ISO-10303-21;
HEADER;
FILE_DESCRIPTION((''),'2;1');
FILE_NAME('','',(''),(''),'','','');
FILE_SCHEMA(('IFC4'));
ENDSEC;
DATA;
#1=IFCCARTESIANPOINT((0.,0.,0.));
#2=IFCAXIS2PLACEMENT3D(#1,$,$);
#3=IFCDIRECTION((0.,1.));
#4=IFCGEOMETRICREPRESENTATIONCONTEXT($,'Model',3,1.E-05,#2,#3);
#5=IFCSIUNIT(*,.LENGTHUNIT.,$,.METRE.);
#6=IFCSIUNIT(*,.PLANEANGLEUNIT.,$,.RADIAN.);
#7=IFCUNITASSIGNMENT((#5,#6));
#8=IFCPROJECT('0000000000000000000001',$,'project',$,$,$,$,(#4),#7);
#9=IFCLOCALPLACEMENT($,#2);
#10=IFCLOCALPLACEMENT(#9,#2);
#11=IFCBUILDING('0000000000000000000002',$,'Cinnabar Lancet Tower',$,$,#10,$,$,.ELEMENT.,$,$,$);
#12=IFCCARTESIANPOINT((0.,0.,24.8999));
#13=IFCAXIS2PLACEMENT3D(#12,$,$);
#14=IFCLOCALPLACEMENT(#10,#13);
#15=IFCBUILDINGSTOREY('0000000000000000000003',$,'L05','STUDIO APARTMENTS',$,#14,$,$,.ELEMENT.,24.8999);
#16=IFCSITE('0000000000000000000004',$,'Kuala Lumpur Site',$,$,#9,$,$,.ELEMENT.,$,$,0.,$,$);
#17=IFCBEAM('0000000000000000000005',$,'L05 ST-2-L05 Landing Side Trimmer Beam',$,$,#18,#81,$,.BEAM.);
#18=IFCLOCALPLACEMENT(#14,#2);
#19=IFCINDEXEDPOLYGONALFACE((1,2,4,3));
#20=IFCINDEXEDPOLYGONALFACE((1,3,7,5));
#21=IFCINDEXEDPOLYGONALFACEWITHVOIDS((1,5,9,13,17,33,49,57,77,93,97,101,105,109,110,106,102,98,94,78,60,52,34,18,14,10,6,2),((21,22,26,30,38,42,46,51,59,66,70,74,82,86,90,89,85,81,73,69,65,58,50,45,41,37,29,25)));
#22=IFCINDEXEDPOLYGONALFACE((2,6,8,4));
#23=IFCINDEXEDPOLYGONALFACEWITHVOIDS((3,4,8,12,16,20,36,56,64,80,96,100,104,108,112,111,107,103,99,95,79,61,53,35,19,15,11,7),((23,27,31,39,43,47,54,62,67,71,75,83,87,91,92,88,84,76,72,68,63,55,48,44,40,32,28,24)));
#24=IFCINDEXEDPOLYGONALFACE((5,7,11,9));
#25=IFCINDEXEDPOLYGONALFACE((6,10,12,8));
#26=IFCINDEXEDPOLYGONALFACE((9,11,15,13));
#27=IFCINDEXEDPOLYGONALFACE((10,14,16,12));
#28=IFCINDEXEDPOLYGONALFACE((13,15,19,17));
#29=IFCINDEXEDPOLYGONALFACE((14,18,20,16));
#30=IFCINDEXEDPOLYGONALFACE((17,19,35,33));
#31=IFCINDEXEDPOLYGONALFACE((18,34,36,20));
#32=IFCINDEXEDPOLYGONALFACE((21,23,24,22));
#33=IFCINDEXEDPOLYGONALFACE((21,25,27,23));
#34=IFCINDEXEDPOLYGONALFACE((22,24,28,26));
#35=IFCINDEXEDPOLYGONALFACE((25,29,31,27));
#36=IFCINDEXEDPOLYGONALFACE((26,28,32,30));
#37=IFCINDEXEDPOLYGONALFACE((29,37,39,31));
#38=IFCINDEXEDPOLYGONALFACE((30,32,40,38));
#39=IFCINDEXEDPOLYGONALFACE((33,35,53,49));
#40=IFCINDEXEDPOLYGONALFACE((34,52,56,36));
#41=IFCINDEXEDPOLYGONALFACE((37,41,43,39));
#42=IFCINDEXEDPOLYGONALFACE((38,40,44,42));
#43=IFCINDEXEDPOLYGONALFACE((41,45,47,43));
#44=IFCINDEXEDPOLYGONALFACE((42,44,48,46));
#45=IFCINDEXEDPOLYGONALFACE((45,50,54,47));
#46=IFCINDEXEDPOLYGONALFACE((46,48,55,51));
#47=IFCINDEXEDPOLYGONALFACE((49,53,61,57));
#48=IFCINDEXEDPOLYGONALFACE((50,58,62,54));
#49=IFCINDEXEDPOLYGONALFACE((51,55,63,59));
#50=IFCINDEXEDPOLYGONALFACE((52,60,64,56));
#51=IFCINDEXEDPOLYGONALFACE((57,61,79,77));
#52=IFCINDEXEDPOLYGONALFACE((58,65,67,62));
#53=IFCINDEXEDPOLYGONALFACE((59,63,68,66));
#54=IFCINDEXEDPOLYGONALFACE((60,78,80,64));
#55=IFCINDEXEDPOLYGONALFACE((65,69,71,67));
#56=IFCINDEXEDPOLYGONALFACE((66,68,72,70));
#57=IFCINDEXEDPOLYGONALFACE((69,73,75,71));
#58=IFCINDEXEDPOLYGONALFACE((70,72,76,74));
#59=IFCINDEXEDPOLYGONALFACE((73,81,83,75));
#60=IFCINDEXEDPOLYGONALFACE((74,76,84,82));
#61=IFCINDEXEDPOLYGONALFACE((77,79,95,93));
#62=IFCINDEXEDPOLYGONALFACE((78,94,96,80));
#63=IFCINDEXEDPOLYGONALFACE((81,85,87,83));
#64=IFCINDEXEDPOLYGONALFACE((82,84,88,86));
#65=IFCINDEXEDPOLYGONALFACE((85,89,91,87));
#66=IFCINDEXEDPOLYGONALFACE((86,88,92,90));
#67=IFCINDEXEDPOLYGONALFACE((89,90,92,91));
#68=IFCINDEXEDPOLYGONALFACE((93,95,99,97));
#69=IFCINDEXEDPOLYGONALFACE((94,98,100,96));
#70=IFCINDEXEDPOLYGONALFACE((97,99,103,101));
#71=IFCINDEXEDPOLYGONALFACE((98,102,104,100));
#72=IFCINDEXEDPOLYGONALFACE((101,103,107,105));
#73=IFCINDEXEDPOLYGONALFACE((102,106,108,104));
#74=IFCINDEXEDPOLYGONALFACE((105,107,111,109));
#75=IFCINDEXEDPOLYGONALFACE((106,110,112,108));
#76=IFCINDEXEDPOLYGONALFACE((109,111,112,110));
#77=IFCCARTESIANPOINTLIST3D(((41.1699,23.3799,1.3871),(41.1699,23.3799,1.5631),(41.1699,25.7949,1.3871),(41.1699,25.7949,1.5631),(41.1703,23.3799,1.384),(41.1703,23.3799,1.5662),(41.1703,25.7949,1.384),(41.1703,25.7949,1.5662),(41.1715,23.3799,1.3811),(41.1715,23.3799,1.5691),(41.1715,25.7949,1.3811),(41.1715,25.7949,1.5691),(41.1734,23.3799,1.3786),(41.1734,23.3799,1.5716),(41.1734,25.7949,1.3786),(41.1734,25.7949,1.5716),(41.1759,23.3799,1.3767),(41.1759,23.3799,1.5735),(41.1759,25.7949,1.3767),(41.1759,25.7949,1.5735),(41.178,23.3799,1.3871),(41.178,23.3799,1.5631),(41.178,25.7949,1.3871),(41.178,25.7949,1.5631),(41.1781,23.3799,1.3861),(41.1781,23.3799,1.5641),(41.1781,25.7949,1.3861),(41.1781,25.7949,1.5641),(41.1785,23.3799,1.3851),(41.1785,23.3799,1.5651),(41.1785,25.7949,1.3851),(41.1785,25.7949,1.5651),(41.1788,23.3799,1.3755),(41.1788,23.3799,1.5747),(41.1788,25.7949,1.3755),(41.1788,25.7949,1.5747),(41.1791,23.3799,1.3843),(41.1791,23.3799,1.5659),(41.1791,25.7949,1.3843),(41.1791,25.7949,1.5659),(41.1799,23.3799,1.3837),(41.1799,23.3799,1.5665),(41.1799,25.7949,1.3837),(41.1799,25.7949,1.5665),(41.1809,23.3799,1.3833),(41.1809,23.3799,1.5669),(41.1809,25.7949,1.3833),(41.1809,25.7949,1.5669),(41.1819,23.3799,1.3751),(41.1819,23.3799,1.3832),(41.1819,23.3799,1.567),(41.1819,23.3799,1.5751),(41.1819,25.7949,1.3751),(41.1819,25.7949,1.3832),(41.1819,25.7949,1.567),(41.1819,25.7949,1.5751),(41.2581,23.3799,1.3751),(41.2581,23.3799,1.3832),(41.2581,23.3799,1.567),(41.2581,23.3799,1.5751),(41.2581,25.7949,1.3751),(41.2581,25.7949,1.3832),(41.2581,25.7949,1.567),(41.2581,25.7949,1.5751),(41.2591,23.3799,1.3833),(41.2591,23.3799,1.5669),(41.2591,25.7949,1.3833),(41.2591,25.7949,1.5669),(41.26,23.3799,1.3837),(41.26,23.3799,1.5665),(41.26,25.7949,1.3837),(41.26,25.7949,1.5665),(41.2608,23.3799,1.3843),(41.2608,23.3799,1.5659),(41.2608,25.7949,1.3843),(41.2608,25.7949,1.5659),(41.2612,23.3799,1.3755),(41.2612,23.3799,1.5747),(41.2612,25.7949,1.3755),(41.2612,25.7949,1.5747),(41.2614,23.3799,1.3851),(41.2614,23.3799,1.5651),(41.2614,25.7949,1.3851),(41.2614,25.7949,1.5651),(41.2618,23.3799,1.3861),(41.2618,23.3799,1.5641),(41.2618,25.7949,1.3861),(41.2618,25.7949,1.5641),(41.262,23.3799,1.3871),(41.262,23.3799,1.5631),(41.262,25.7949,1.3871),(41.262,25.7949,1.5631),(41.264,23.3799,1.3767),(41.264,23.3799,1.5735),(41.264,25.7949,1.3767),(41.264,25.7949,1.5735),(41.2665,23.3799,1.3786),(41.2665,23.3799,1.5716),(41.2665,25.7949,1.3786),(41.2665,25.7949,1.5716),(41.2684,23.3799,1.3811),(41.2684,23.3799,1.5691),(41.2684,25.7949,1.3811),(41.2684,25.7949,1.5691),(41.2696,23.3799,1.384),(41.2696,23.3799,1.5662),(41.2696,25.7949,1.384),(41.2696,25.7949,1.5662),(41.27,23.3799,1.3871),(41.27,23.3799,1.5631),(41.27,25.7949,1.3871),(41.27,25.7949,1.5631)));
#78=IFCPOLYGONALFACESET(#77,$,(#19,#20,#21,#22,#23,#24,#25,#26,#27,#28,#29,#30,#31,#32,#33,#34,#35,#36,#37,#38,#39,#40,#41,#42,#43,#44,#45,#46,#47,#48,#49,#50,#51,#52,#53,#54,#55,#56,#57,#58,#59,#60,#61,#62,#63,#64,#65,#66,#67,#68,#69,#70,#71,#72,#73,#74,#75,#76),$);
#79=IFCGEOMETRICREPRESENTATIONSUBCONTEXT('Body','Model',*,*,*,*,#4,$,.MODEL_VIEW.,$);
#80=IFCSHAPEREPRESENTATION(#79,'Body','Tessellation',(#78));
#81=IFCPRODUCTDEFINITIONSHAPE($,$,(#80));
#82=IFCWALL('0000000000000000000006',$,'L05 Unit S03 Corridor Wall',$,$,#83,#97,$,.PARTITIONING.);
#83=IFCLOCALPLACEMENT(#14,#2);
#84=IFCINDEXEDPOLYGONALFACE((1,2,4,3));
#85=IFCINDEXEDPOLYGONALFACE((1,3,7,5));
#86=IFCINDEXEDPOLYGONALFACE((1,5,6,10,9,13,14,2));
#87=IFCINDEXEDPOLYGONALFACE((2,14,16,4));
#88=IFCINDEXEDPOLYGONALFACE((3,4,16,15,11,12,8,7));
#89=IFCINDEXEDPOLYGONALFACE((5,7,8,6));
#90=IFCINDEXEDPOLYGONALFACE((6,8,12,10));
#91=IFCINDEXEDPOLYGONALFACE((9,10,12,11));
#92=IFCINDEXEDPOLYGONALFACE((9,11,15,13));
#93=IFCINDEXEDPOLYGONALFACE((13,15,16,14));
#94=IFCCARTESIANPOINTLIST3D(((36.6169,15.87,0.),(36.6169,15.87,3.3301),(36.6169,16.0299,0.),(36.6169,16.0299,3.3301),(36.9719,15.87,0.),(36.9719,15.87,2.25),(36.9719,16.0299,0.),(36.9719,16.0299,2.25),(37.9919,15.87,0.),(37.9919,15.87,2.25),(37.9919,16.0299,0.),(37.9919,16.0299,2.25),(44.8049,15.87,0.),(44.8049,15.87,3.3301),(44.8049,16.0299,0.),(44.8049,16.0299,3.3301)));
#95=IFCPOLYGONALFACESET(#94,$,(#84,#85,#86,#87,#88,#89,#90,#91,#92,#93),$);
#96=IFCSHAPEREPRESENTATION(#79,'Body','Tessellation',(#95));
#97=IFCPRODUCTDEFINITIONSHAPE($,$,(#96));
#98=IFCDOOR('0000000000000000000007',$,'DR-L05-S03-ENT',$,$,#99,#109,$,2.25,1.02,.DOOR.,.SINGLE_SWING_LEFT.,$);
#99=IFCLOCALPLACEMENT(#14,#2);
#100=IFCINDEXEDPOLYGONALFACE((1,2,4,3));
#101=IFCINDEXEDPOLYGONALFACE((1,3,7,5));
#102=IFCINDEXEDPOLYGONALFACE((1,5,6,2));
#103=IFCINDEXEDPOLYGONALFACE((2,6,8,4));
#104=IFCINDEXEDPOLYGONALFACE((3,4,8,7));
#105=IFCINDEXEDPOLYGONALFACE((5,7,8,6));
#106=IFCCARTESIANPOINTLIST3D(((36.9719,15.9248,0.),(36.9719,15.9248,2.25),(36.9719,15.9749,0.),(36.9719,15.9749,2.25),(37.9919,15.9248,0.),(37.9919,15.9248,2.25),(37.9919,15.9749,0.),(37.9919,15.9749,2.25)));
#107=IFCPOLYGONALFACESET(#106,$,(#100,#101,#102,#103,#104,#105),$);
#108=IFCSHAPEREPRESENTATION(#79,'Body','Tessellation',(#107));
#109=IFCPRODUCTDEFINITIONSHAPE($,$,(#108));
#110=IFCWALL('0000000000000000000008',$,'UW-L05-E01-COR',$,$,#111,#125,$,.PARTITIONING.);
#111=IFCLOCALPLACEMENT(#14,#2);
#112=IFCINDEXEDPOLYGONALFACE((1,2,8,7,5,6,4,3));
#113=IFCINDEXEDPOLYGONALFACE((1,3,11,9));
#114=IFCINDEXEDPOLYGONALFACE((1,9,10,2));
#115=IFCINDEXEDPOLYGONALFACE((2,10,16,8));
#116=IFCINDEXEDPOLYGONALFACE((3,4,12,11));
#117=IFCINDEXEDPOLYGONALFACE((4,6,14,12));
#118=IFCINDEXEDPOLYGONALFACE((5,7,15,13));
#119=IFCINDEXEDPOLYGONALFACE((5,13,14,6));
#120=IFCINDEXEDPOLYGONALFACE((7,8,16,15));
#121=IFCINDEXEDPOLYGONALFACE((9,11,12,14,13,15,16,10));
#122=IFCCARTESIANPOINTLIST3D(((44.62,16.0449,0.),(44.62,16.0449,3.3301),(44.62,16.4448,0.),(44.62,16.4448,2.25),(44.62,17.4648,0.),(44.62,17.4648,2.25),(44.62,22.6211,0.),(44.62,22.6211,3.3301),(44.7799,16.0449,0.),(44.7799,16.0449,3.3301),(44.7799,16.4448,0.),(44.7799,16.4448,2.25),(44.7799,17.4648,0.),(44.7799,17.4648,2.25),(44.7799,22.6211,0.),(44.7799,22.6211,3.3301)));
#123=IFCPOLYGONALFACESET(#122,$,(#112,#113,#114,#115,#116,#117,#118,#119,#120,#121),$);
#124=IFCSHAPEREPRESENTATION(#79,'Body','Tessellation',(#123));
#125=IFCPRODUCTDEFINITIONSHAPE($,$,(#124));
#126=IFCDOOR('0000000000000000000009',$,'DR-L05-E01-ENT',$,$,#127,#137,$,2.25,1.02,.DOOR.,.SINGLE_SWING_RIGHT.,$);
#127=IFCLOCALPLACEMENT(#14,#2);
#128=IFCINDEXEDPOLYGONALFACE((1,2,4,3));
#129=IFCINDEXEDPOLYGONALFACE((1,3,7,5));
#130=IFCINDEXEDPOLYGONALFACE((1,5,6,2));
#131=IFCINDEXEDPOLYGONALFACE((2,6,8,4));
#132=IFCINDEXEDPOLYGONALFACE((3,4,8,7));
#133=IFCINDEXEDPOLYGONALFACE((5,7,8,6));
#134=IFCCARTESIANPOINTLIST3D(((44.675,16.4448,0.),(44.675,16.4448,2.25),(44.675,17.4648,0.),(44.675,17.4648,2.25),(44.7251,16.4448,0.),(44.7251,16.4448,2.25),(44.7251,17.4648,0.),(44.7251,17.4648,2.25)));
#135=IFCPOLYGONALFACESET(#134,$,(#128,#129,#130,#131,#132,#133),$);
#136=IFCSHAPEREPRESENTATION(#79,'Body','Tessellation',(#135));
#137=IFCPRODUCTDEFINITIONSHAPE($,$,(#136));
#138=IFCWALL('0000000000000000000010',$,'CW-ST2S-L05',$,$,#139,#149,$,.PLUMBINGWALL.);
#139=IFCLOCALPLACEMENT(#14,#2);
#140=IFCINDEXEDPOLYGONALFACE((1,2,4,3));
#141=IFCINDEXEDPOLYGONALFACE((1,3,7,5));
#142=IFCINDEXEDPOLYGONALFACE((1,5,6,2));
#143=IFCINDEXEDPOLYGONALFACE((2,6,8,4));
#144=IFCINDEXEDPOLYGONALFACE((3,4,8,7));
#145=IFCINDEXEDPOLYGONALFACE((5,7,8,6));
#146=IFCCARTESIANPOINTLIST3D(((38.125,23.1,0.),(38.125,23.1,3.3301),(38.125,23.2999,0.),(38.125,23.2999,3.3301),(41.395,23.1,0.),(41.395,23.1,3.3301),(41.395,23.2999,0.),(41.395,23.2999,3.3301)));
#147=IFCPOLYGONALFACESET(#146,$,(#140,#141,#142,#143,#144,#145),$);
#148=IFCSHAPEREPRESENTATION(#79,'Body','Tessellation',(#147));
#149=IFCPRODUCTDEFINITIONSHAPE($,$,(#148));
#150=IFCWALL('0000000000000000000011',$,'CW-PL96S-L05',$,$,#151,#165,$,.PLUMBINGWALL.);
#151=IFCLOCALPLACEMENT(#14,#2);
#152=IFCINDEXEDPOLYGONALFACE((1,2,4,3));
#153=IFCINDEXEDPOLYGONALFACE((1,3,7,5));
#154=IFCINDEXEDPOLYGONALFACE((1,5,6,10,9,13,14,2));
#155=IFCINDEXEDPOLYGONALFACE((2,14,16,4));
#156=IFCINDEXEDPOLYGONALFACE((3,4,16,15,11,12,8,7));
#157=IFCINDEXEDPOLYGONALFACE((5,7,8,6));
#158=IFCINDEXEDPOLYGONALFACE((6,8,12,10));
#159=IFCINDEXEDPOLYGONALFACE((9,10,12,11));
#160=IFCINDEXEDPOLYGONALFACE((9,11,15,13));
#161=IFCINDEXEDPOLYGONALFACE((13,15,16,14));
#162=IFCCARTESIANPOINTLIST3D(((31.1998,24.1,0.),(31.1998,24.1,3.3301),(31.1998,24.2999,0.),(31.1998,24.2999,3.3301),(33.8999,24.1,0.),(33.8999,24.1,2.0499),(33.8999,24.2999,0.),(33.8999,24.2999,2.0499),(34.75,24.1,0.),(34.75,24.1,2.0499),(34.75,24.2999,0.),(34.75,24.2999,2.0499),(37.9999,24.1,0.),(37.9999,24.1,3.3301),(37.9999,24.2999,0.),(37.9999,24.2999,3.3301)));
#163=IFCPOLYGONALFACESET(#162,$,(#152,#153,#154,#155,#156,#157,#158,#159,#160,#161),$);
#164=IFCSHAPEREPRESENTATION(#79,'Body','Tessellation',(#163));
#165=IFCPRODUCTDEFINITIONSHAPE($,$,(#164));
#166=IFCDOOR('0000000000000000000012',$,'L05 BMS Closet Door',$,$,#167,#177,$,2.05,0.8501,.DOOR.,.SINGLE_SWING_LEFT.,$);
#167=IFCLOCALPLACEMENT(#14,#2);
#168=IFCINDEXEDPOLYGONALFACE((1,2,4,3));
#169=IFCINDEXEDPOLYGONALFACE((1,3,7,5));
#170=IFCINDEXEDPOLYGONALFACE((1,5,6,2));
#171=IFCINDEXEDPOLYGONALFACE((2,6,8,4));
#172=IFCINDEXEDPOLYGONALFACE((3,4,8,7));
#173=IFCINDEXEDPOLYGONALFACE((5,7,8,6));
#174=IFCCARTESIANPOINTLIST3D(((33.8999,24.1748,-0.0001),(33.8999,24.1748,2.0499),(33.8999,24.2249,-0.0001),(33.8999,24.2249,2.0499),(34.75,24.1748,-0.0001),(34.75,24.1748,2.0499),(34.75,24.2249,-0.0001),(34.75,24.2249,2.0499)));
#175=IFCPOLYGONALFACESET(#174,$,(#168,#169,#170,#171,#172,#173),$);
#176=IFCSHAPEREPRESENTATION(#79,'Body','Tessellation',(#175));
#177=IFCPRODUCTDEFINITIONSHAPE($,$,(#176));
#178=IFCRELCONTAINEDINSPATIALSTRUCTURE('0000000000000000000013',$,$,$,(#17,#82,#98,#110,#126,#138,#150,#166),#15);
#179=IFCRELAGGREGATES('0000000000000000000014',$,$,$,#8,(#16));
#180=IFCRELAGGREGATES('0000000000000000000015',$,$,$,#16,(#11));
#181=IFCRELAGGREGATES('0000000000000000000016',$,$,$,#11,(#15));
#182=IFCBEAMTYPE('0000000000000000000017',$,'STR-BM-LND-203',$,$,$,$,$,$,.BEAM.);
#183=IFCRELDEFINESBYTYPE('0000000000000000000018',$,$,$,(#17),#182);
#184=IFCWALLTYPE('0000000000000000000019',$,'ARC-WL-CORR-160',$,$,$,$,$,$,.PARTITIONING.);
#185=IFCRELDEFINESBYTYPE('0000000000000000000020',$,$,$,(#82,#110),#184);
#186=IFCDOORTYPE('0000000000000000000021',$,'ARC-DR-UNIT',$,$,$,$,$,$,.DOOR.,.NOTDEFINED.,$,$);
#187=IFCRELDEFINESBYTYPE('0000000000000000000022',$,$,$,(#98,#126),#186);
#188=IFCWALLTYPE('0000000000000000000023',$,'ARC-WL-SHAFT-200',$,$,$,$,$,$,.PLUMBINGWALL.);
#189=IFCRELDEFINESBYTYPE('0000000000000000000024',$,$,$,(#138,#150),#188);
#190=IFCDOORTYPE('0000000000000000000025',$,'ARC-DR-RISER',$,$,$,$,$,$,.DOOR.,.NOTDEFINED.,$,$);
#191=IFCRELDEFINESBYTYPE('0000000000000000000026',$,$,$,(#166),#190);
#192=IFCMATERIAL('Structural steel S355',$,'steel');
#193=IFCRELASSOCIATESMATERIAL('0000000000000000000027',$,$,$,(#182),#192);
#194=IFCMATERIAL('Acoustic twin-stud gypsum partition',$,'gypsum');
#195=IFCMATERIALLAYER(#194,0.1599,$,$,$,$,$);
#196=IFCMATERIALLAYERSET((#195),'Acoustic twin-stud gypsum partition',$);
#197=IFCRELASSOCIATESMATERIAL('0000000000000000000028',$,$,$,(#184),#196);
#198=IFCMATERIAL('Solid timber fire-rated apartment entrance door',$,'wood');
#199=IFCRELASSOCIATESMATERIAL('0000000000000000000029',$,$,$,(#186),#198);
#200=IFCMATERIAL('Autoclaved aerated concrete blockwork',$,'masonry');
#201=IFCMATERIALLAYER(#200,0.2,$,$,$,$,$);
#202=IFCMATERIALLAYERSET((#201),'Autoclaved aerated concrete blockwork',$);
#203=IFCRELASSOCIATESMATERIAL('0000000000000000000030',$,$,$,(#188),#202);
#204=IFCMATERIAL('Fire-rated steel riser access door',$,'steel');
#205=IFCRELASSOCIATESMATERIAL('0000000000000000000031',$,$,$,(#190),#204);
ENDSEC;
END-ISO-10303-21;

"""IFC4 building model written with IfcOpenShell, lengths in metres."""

from ifc_helpers import new_model, si_unit, direction, frame, frame_2d, origin, origin_2d, place, context, subcontext, project, spatial, rectangle, hollow_rectangle, extrude, material, layer, layer_set, material_profile, profile_set, type_object, element, fill, save


model = new_model("IFC4")

# Units and contexts
model_context = context("Model", 3, precision=1e-05, world=origin(), true_north=direction((0.0, 1.0)))
body_context = subcontext(model_context, "Body", "Model", "MODEL_VIEW")
ifc_project = project(units=[si_unit("LENGTHUNIT", "METRE"), si_unit("PLANEANGLEUNIT", "RADIAN")], contexts=[model_context])

# Site, building, storey
site_placement = place(None, origin())
site = spatial("IfcSite", under=ifc_project, at=site_placement, Name="Kuala Lumpur Site", CompositionType="ELEMENT", RefElevation=0.0)
building_placement = place(site_placement, origin())
building = spatial("IfcBuilding", under=site, at=building_placement, Name="Cinnabar Lancet Tower", CompositionType="ELEMENT")
storey_placement = place(building_placement, frame((0.0, 0.0, 24.8999)))
storey = spatial("IfcBuildingStorey", under=building, at=storey_placement, Name="L05", Description="STUDIO APARTMENTS", CompositionType="ELEMENT", Elevation=24.8999)

# Beam
ifc_material_1 = material(Name="Structural steel S355", Category="steel")
ifc_material_profile_1 = material_profile(ifc_material_1, hollow_rectangle(XDim=0.1001, YDim=0.2, WallThickness=0.0081, InnerFilletRadius=0.0039, OuterFilletRadius=0.012, at=origin_2d()), Name="RHS 200x100x8")
ifc_profile_set_1 = profile_set([ifc_material_profile_1], Name="Structural steel S355")
beam_type = type_object("IfcBeamType", Name="STR-BM-LND-203", PredefinedType="BEAM", material=ifc_profile_set_1)
beam_placement = place(storey_placement, frame((41.22, 23.3799, 1.4751), z_axis=(0.0, 1.0, 0.0), x_axis=(-1.0, 0.0, 0.0)))
element("IfcBeam", 1, at=beam_placement, inside=storey, type_object=beam_type, Name="L05 ST-2-L05 Landing Side Trimmer Beam", PredefinedType="BEAM", context=body_context, shape_type="SweptSolid", body=[
    extrude(hollow_rectangle(XDim=0.1001, YDim=0.2, WallThickness=0.0081, InnerFilletRadius=0.0039, OuterFilletRadius=0.012, at=origin_2d()), origin(), (0.0, 0.0, 1.0), 2.415),
])

# Walls, openings, doors
ifc_material_2 = material(Name="Acoustic twin-stud gypsum partition", Category="gypsum")
ifc_layer_1 = layer(ifc_material_2, 0.1599)
ifc_layer_set_1 = layer_set([ifc_layer_1], Name="Acoustic twin-stud gypsum partition")
wall_type_1 = type_object("IfcWallType", Name="ARC-WL-CORR-160", PredefinedType="PARTITIONING", material=ifc_layer_set_1)
wall_1_placement = place(storey_placement, frame((36.6169, 15.95, 0.0), z_axis=(0.0, 0.0, 1.0), x_axis=(1.0, 0.0, 0.0)))
wall_1 = element("IfcWall", 2, at=wall_1_placement, inside=storey, type_object=wall_type_1, Name="L05 Unit S03 Corridor Wall", PredefinedType="PARTITIONING", context=body_context, shape_type="SweptSolid", body=[
    extrude(rectangle(XDim=8.188, YDim=0.1599, at=frame_2d((4.094, 0.0))), origin(), (0.0, 0.0, 1.0), 3.3301),
])
opening_1_placement = place(wall_1_placement, frame((0.355, 0.0, 0.0)))
opening_1 = element("IfcOpeningElement", 3, at=opening_1_placement, cuts=wall_1, PredefinedType="OPENING", context=body_context, shape_type="SweptSolid", body=[
    extrude(rectangle(XDim=1.02, YDim=2.25, at=frame_2d((0.51, 1.125))), frame((0.0, 0.0898, 0.0), z_axis=(0.0, -1.0, 0.0), x_axis=(1.0, 0.0, 0.0)), (0.0, 0.0, 1.0), 0.1799),
])
ifc_material_3 = material(Name="Solid timber fire-rated apartment entrance door", Category="wood")
door_type_1 = type_object("IfcDoorType", Name="ARC-DR-UNIT", OperationType="NOTDEFINED", PredefinedType="DOOR", material=ifc_material_3)
door_1_placement = place(opening_1_placement, origin())
door_1 = element("IfcDoor", 4, at=door_1_placement, inside=storey, type_object=door_type_1, Name="DR-L05-S03-ENT", OperationType="SINGLE_SWING_LEFT", OverallHeight=2.25, OverallWidth=1.02, PredefinedType="DOOR", context=body_context, shape_type="SweptSolid", body=[
    extrude(rectangle(XDim=1.02, YDim=2.25, at=frame_2d((0.51, 1.125))), frame((0.0, 0.0249, 0.0), z_axis=(0.0, -1.0, 0.0), x_axis=(1.0, 0.0, 0.0)), (0.0, 0.0, 1.0), 0.05),
])
fill(opening_1, door_1)
wall_2_placement = place(storey_placement, frame((44.7, 16.0449, 0.0), z_axis=(0.0, 0.0, 1.0), x_axis=(0.0, 1.0, 0.0)))
wall_2 = element("IfcWall", 5, at=wall_2_placement, inside=storey, type_object=wall_type_1, Name="UW-L05-E01-COR", PredefinedType="PARTITIONING", context=body_context, shape_type="SweptSolid", body=[
    extrude(rectangle(XDim=6.5762, YDim=0.1599, at=frame_2d((3.2881, 0.0))), origin(), (0.0, 0.0, 1.0), 3.3301),
])
opening_2_placement = place(wall_2_placement, frame((0.3999, 0.0, 0.0)))
opening_2 = element("IfcOpeningElement", 6, at=opening_2_placement, cuts=wall_2, PredefinedType="OPENING", context=body_context, shape_type="SweptSolid", body=[
    extrude(rectangle(XDim=1.02, YDim=2.25, at=frame_2d((0.51, 1.125))), frame((0.0, 0.0898, 0.0), z_axis=(0.0, -1.0, 0.0), x_axis=(1.0, 0.0, 0.0)), (0.0, 0.0, 1.0), 0.1799),
])
door_2_placement = place(opening_2_placement, origin())
door_2 = element("IfcDoor", 7, at=door_2_placement, inside=storey, type_object=door_type_1, Name="DR-L05-E01-ENT", OperationType="SINGLE_SWING_RIGHT", OverallHeight=2.25, OverallWidth=1.02, PredefinedType="DOOR", context=body_context, shape_type="SweptSolid", body=[
    extrude(rectangle(XDim=1.02, YDim=2.25, at=frame_2d((0.51, 1.125))), frame((0.0, 0.0249, 0.0), z_axis=(0.0, -1.0, 0.0), x_axis=(1.0, 0.0, 0.0)), (0.0, 0.0, 1.0), 0.05),
])
fill(opening_2, door_2)

# Wall
ifc_material_4 = material(Name="Autoclaved aerated concrete blockwork", Category="masonry")
ifc_layer_2 = layer(ifc_material_4, 0.2)
ifc_layer_set_2 = layer_set([ifc_layer_2], Name="Autoclaved aerated concrete blockwork")
wall_type_2 = type_object("IfcWallType", Name="ARC-WL-SHAFT-200", PredefinedType="PLUMBINGWALL", material=ifc_layer_set_2)
wall_3_placement = place(storey_placement, frame((38.125, 23.2, 0.0), z_axis=(0.0, 0.0, 1.0), x_axis=(1.0, 0.0, 0.0)))
element("IfcWall", 8, at=wall_3_placement, inside=storey, type_object=wall_type_2, Name="CW-ST2S-L05", PredefinedType="PLUMBINGWALL", context=body_context, shape_type="SweptSolid", body=[
    extrude(rectangle(XDim=3.27, YDim=0.2, at=frame_2d((1.635, 0.0))), origin(), (0.0, 0.0, 1.0), 3.3301),
])

# Wall, opening, door
wall_4_placement = place(storey_placement, frame((31.2, 24.2, 0.0), z_axis=(0.0, 0.0, 1.0), x_axis=(1.0, 0.0, 0.0)))
wall_4 = element("IfcWall", 9, at=wall_4_placement, inside=storey, type_object=wall_type_2, Name="CW-PL96S-L05", PredefinedType="PLUMBINGWALL", context=body_context, shape_type="SweptSolid", body=[
    extrude(rectangle(XDim=6.8, YDim=0.2, at=frame_2d((3.3999, 0.0))), origin(), (0.0, 0.0, 1.0), 3.3301),
])
opening_3_placement = place(wall_4_placement, frame((2.7, 0.0, 0.0)))
opening_3 = element("IfcOpeningElement", 10, at=opening_3_placement, cuts=wall_4, PredefinedType="OPENING", context=body_context, shape_type="SweptSolid", body=[
    extrude(rectangle(XDim=0.8501, YDim=2.05, at=frame_2d((0.425, 1.0249))), frame((0.0, 0.1099, 0.0), z_axis=(0.0, -1.0, 0.0), x_axis=(1.0, 0.0, 0.0)), (0.0, 0.0, 1.0), 0.22),
])
ifc_material_5 = material(Name="Fire-rated steel riser access door", Category="steel")
door_type_2 = type_object("IfcDoorType", Name="ARC-DR-RISER", OperationType="NOTDEFINED", PredefinedType="DOOR", material=ifc_material_5)
door_3_placement = place(opening_3_placement, origin())
door_3 = element("IfcDoor", 11, at=door_3_placement, inside=storey, type_object=door_type_2, Name="L05 BMS Closet Door", OperationType="SINGLE_SWING_LEFT", OverallHeight=2.05, OverallWidth=0.8501, PredefinedType="DOOR", context=body_context, shape_type="SweptSolid", body=[
    extrude(rectangle(XDim=0.8501, YDim=2.05, at=frame_2d((0.425, 1.0249))), frame((0.0, 0.0249, 0.0), z_axis=(0.0, -1.0, 0.0), x_axis=(1.0, 0.0, 0.0)), (0.0, 0.0, 1.0), 0.05),
])
fill(opening_3, door_3)

save(model, "model.ifc")
